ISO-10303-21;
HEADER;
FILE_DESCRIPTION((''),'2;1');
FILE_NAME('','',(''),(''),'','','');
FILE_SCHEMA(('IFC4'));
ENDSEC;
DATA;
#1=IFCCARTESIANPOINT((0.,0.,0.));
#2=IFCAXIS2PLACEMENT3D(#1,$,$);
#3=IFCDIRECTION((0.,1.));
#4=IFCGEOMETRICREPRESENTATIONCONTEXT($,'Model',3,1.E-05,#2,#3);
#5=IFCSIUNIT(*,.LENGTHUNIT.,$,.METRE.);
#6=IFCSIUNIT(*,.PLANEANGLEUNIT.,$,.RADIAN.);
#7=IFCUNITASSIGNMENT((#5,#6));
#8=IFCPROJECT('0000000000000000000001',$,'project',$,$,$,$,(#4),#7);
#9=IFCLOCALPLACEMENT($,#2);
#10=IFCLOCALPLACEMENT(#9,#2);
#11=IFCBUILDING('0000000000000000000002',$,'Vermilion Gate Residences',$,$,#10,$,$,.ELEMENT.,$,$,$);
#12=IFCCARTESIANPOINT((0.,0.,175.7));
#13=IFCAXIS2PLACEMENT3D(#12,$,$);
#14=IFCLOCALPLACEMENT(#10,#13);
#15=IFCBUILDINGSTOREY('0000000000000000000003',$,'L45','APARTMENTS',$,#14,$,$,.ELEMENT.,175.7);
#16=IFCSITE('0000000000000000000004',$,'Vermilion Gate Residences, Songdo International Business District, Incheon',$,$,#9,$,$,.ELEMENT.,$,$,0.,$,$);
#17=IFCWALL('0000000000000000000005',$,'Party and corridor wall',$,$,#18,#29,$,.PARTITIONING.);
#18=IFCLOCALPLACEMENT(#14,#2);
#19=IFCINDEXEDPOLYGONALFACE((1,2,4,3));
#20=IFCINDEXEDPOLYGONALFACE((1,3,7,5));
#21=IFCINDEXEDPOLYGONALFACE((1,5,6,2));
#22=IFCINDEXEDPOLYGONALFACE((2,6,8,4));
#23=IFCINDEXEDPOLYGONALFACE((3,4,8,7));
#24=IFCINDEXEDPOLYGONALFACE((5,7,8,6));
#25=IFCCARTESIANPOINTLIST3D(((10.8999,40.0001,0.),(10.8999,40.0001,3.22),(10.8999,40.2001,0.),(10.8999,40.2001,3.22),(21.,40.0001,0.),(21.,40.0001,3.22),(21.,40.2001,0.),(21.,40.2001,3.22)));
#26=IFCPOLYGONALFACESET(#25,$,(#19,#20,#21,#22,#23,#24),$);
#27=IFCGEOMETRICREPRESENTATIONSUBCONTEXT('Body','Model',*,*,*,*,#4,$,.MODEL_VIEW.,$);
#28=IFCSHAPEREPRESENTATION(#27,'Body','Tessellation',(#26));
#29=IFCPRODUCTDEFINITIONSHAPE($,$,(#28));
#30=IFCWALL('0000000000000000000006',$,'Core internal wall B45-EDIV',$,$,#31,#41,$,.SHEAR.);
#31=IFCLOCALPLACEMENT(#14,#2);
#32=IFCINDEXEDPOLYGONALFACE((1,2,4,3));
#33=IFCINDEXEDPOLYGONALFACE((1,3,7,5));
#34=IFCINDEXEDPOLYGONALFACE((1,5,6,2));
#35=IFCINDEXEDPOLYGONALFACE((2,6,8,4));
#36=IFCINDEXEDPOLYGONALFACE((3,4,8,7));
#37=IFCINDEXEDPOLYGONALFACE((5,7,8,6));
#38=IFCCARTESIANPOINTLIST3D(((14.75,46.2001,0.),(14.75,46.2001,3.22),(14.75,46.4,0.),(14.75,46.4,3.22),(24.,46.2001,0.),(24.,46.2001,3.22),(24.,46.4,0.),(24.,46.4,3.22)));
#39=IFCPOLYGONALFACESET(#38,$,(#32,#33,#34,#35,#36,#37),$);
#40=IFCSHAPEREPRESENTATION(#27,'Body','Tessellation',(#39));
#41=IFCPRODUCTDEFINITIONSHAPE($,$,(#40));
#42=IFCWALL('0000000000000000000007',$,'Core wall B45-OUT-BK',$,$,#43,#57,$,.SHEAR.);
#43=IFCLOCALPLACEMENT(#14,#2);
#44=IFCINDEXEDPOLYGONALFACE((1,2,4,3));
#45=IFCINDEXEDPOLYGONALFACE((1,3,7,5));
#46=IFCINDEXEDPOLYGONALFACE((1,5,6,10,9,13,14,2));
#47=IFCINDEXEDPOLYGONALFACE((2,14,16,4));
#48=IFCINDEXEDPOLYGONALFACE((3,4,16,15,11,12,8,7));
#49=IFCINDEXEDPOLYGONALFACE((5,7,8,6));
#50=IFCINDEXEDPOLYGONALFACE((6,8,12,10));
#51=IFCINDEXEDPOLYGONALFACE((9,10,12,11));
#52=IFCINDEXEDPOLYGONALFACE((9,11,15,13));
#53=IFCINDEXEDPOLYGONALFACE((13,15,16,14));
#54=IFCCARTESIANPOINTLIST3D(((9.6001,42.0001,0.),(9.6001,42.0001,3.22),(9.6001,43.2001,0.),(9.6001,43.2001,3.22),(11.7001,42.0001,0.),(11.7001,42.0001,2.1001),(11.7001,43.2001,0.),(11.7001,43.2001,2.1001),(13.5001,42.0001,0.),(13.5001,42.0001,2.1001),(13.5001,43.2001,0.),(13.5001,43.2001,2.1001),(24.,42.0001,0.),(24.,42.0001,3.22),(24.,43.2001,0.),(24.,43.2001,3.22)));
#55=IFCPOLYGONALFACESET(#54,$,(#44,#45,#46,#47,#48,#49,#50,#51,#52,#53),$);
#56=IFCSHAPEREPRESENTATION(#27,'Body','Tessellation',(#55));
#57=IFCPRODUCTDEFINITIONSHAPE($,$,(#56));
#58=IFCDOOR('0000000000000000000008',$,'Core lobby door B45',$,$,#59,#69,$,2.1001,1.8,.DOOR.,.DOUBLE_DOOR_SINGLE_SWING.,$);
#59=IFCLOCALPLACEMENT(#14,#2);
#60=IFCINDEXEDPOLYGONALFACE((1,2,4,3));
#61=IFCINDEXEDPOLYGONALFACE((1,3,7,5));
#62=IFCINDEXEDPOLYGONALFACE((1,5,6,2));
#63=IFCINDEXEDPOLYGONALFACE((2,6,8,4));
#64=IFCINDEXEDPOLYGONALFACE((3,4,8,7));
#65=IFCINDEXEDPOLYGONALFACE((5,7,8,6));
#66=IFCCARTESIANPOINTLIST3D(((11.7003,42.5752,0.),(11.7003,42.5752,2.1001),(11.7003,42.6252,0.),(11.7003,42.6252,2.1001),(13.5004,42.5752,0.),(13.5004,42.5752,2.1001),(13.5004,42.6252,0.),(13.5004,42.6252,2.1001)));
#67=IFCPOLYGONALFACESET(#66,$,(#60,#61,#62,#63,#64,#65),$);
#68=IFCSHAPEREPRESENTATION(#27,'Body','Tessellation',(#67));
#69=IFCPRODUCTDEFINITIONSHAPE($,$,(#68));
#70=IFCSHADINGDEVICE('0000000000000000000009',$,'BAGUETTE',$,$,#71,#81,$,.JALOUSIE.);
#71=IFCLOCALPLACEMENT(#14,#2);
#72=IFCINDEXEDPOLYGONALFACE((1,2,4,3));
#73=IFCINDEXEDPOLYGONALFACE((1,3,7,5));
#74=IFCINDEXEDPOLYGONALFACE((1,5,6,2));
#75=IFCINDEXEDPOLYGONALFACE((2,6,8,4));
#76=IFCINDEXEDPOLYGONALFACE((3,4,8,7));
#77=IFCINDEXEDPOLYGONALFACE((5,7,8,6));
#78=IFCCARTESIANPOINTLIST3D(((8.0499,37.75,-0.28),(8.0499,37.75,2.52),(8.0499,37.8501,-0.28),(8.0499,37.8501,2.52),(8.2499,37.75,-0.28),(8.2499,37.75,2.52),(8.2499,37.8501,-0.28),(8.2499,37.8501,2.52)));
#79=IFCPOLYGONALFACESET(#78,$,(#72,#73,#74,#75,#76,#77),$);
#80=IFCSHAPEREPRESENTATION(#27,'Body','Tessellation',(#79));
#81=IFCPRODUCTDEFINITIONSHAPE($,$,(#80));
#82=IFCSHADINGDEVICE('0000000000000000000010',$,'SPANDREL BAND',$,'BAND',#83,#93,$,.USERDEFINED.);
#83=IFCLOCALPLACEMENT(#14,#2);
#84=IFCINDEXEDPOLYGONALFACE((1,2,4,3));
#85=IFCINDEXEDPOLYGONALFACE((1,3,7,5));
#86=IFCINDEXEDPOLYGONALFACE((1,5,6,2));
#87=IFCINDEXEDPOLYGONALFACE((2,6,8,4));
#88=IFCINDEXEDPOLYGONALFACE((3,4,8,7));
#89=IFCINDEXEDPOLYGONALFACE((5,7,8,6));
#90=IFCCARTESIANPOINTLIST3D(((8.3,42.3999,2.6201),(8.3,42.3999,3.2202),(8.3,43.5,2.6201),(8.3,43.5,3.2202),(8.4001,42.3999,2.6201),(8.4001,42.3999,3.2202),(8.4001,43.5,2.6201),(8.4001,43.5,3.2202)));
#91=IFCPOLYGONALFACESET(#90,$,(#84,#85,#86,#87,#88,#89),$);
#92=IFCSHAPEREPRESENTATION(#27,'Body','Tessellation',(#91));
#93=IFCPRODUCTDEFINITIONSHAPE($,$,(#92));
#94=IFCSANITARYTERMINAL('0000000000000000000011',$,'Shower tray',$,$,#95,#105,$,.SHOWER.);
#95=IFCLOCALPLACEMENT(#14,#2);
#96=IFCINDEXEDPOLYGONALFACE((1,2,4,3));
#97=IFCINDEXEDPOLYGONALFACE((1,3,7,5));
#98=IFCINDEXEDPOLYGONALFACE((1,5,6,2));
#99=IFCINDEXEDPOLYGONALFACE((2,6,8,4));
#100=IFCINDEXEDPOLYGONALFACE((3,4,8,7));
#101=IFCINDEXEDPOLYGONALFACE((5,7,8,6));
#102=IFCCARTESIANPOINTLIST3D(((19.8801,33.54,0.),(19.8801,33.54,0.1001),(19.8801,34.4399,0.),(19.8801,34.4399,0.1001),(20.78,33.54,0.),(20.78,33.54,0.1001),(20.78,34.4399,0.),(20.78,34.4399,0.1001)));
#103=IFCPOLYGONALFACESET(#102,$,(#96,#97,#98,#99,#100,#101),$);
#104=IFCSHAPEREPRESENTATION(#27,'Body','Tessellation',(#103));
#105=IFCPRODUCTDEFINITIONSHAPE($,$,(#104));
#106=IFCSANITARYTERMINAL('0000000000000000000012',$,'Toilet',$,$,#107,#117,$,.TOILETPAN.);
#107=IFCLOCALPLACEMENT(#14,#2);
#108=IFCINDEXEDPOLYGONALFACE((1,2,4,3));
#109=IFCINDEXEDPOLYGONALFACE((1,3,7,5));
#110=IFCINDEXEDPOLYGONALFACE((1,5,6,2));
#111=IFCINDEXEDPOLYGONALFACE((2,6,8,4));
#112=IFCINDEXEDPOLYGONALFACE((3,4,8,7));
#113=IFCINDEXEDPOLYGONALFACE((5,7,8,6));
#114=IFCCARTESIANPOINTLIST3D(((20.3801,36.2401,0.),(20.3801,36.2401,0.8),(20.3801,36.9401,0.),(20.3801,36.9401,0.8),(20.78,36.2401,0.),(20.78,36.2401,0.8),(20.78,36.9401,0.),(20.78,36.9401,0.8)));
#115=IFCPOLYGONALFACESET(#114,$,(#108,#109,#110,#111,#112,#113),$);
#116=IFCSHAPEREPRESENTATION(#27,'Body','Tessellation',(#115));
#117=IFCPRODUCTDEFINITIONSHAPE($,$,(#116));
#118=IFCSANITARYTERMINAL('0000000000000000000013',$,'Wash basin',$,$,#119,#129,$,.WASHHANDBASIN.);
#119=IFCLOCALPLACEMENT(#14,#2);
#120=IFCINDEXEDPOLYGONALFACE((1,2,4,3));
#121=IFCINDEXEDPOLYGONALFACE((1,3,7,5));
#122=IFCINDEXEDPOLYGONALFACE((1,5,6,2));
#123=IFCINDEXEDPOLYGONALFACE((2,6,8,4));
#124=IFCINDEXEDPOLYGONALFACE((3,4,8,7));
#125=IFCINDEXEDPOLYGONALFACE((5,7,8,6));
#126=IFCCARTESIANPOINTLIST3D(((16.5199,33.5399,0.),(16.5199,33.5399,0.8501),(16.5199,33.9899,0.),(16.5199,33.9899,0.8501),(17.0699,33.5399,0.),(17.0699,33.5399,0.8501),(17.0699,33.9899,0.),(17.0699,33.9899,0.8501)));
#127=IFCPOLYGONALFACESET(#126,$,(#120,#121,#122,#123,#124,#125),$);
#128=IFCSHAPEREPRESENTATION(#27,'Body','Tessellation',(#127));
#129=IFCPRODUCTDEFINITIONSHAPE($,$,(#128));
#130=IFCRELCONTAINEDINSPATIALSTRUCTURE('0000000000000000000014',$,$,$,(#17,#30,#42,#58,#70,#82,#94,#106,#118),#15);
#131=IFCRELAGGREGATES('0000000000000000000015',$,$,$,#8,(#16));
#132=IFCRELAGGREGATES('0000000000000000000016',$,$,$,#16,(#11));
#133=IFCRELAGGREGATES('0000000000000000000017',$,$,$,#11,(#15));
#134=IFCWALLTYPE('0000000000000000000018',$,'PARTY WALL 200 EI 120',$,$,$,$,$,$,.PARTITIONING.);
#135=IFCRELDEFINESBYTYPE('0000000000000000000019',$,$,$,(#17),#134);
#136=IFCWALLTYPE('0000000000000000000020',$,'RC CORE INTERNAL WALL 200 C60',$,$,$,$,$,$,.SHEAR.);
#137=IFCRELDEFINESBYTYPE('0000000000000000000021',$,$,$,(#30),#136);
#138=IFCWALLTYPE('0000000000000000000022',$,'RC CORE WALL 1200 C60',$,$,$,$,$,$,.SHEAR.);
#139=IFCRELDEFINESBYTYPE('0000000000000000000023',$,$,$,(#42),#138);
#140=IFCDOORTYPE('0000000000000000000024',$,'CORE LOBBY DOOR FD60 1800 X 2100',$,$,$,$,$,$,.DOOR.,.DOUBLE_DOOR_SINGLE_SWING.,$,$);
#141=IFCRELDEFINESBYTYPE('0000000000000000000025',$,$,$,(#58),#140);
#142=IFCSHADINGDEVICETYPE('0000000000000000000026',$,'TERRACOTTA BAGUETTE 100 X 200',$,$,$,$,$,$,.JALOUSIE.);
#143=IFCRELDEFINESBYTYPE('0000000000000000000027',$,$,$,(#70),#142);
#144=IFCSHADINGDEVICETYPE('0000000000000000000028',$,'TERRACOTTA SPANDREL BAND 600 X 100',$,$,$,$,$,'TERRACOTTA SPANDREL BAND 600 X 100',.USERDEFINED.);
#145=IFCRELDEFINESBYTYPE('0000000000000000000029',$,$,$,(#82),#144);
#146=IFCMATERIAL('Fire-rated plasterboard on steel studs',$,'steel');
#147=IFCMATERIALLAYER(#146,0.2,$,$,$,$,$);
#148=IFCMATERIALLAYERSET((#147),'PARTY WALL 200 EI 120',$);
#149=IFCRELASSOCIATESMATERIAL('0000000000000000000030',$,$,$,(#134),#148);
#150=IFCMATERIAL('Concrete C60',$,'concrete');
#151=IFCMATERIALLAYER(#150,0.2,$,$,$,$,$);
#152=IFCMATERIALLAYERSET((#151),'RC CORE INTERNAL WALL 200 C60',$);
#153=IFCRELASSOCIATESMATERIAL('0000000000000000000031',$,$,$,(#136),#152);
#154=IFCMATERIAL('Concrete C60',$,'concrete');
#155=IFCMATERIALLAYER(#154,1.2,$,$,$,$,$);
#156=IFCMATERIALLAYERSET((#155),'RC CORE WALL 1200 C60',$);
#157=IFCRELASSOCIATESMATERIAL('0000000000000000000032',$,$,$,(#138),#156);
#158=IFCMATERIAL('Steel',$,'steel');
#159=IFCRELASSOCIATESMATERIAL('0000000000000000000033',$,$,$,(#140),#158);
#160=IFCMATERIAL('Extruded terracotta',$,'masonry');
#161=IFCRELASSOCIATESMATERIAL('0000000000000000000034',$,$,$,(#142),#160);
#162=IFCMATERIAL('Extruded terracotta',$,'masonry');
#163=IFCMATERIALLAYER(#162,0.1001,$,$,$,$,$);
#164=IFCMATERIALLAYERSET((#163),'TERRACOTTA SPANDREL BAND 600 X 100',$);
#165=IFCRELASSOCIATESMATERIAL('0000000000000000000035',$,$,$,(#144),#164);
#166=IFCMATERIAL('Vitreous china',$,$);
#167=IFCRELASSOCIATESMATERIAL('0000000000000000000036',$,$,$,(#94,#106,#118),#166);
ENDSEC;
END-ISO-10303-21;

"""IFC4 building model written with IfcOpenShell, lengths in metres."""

from ifc_helpers import new_model, si_unit, direction, frame, frame_2d, origin, origin_2d, place, context, subcontext, project, spatial, rectangle, extrude, material, layer, layer_set, material_profile, profile_set, type_object, element, fill, save


model = new_model("IFC4")

# Units and contexts
model_context = context("Model", 3, precision=1e-05, world=origin(), true_north=direction((0.0, 1.0)))
body_context = subcontext(model_context, "Body", "Model", "MODEL_VIEW")
ifc_project = project(units=[si_unit("LENGTHUNIT", "METRE"), si_unit("PLANEANGLEUNIT", "RADIAN")], contexts=[model_context])

# Site, building, storey
site_placement = place(None, origin())
site = spatial("IfcSite", under=ifc_project, at=site_placement, Name="Vermilion Gate Residences, Songdo International Business District, Incheon", CompositionType="ELEMENT", RefElevation=0.0)
building_placement = place(site_placement, origin())
building = spatial("IfcBuilding", under=site, at=building_placement, Name="Vermilion Gate Residences", CompositionType="ELEMENT")
storey_placement = place(building_placement, frame((0.0, 0.0, 175.7)))
storey = spatial("IfcBuildingStorey", under=building, at=storey_placement, Name="L45", Description="APARTMENTS", CompositionType="ELEMENT", Elevation=175.7)

# Walls
ifc_material_1 = material(Name="Fire-rated plasterboard on steel studs", Category="steel")
ifc_layer_1 = layer(ifc_material_1, 0.2)
ifc_layer_set_1 = layer_set([ifc_layer_1], Name="PARTY WALL 200 EI 120")
wall_type_1 = type_object("IfcWallType", Name="PARTY WALL 200 EI 120", PredefinedType="PARTITIONING", material=ifc_layer_set_1)
wall_1_placement = place(storey_placement, frame((10.8999, 40.1001, 0.0), z_axis=(0.0, 0.0, 1.0), x_axis=(1.0, 0.0, 0.0)))
element("IfcWall", 1, at=wall_1_placement, inside=storey, type_object=wall_type_1, Name="Party and corridor wall", PredefinedType="PARTITIONING", context=body_context, shape_type="SweptSolid", body=[
    extrude(rectangle(XDim=10.1001, YDim=0.2, at=frame_2d((5.05, 0.0))), origin(), (0.0, 0.0, 1.0), 3.22),
])
ifc_material_2 = material(Name="Concrete C60", Category="concrete")
ifc_layer_2 = layer(ifc_material_2, 0.2)
ifc_layer_set_2 = layer_set([ifc_layer_2], Name="RC CORE INTERNAL WALL 200 C60")
wall_type_2 = type_object("IfcWallType", Name="RC CORE INTERNAL WALL 200 C60", PredefinedType="SHEAR", material=ifc_layer_set_2)
wall_2_placement = place(storey_placement, frame((14.75, 46.3, 0.0), z_axis=(0.0, 0.0, 1.0), x_axis=(1.0, 0.0, 0.0)))
element("IfcWall", 2, at=wall_2_placement, inside=storey, type_object=wall_type_2, Name="Core internal wall B45-EDIV", PredefinedType="SHEAR", context=body_context, shape_type="SweptSolid", body=[
    extrude(rectangle(XDim=9.25, YDim=0.2, at=frame_2d((4.625, 0.0))), origin(), (0.0, 0.0, 1.0), 3.22),
])

# Wall, opening, door
ifc_material_3 = material(Name="Concrete C60", Category="concrete")
ifc_layer_3 = layer(ifc_material_3, 1.2)
ifc_layer_set_3 = layer_set([ifc_layer_3], Name="RC CORE WALL 1200 C60")
wall_type_3 = type_object("IfcWallType", Name="RC CORE WALL 1200 C60", PredefinedType="SHEAR", material=ifc_layer_set_3)
wall_3_placement = place(storey_placement, frame((9.6001, 42.6001, 0.0), z_axis=(0.0, 0.0, 1.0), x_axis=(1.0, 0.0, 0.0)))
wall_3 = element("IfcWall", 3, at=wall_3_placement, inside=storey, type_object=wall_type_3, Name="Core wall B45-OUT-BK", PredefinedType="SHEAR", context=body_context, shape_type="SweptSolid", body=[
    extrude(rectangle(XDim=14.3999, YDim=1.2, at=frame_2d((7.2, 0.0))), origin(), (0.0, 0.0, 1.0), 3.22),
])
opening_1_placement = place(wall_3_placement, frame((2.1001, 0.0, 0.0)))
opening_1 = element("IfcOpeningElement", 4, at=opening_1_placement, cuts=wall_3, PredefinedType="OPENING", context=body_context, shape_type="SweptSolid", body=[
    extrude(rectangle(XDim=1.8, YDim=2.1001, at=frame_2d((0.8999, 1.05))), frame((0.0, 0.6099, 0.0), z_axis=(0.0, -1.0, 0.0), x_axis=(1.0, 0.0, 0.0)), (0.0, 0.0, 1.0), 1.22),
])
ifc_material_4 = material(Name="Steel", Category="steel")
door_type_1 = type_object("IfcDoorType", Name="CORE LOBBY DOOR FD60 1800 X 2100", OperationType="DOUBLE_DOOR_SINGLE_SWING", PredefinedType="DOOR", material=ifc_material_4)
door_1_placement = place(opening_1_placement, frame((1.8, 0.0, 0.0), z_axis=(0.0, 0.0, 1.0), x_axis=(-1.0, 0.0, 0.0)))
door_1 = element("IfcDoor", 5, at=door_1_placement, inside=storey, type_object=door_type_1, Name="Core lobby door B45", OperationType="DOUBLE_DOOR_SINGLE_SWING", OverallHeight=2.1001, OverallWidth=1.8, PredefinedType="DOOR", context=body_context, shape_type="SweptSolid", body=[
    extrude(rectangle(XDim=1.8, YDim=2.1001, at=frame_2d((0.8999, 1.05))), frame((0.0, 0.0249, 0.0), z_axis=(0.0, -1.0, 0.0), x_axis=(1.0, 0.0, 0.0)), (0.0, 0.0, 1.0), 0.05),
])
fill(opening_1, door_1)

# Shading devices
ifc_material_5 = material(Name="Extruded terracotta", Category="masonry")
ifc_material_profile_1 = material_profile(ifc_material_5, rectangle(XDim=0.2, YDim=0.1001, at=origin_2d()), Name="BAGUETTE 100 X 200")
ifc_profile_set_1 = profile_set([ifc_material_profile_1], Name="Extruded terracotta")
shading_device_type_1 = type_object("IfcShadingDeviceType", Name="TERRACOTTA BAGUETTE 100 X 200", PredefinedType="JALOUSIE", material=ifc_profile_set_1)
shading_device_1_placement = place(storey_placement, frame((8.1499, 37.8, -0.28), z_axis=(0.0, 0.0, 1.0), x_axis=(1.0, 0.0, 0.0)))
element("IfcShadingDevice", 6, at=shading_device_1_placement, inside=storey, type_object=shading_device_type_1, Name="BAGUETTE", PredefinedType="JALOUSIE", context=body_context, shape_type="SweptSolid", body=[
    extrude(rectangle(XDim=0.2, YDim=0.1001, at=origin_2d()), origin(), (0.0, 0.0, 1.0), 2.8),
])
ifc_material_6 = material(Name="Extruded terracotta", Category="masonry")
ifc_layer_4 = layer(ifc_material_6, 0.1001)
ifc_layer_set_4 = layer_set([ifc_layer_4], Name="TERRACOTTA SPANDREL BAND 600 X 100")
shading_device_type_2 = type_object("IfcShadingDeviceType", Name="TERRACOTTA SPANDREL BAND 600 X 100", ElementType="TERRACOTTA SPANDREL BAND 600 X 100", PredefinedType="USERDEFINED", material=ifc_layer_set_4)
shading_device_2_placement = place(storey_placement, frame((8.3501, 42.95, 2.6201), z_axis=(0.0, 0.0, 1.0), x_axis=(0.0, 1.0, 0.0)))
element("IfcShadingDevice", 7, at=shading_device_2_placement, inside=storey, type_object=shading_device_type_2, Name="SPANDREL BAND", ObjectType="BAND", PredefinedType="USERDEFINED", context=body_context, shape_type="SweptSolid", body=[
    extrude(rectangle(XDim=1.1001, YDim=0.1001, at=origin_2d()), origin(), (0.0, 0.0, 1.0), 0.6001),
])

# Sanitary terminals
ifc_material_7 = material(Name="Vitreous china")
sanitary_terminal_1_placement = place(storey_placement, frame((20.3301, 33.99, 0.0), z_axis=(0.0, 0.0, 1.0), x_axis=(1.0, 0.0, 0.0)))
element("IfcSanitaryTerminal", 8, at=sanitary_terminal_1_placement, inside=storey, material=ifc_material_7, Name="Shower tray", PredefinedType="SHOWER", context=body_context, shape_type="SweptSolid", body=[
    extrude(rectangle(XDim=0.8999, YDim=0.8999, at=origin_2d()), origin(), (0.0, 0.0, 1.0), 0.1001),
])
sanitary_terminal_2_placement = place(storey_placement, frame((20.5801, 36.5901, 0.0), z_axis=(0.0, 0.0, 1.0), x_axis=(1.0, 0.0, 0.0)))
element("IfcSanitaryTerminal", 9, at=sanitary_terminal_2_placement, inside=storey, material=ifc_material_7, Name="Toilet", PredefinedType="TOILETPAN", context=body_context, shape_type="SweptSolid", body=[
    extrude(rectangle(XDim=0.3999, YDim=0.7, at=origin_2d()), origin(), (0.0, 0.0, 1.0), 0.8),
])
sanitary_terminal_3_placement = place(storey_placement, frame((16.7949, 33.7649, 0.0), z_axis=(0.0, 0.0, 1.0), x_axis=(1.0, 0.0, 0.0)))
element("IfcSanitaryTerminal", 10, at=sanitary_terminal_3_placement, inside=storey, material=ifc_material_7, Name="Wash basin", PredefinedType="WASHHANDBASIN", context=body_context, shape_type="SweptSolid", body=[
    extrude(rectangle(XDim=0.55, YDim=0.45, at=origin_2d()), origin(), (0.0, 0.0, 1.0), 0.8501),
])

save(model, "model.ifc")
